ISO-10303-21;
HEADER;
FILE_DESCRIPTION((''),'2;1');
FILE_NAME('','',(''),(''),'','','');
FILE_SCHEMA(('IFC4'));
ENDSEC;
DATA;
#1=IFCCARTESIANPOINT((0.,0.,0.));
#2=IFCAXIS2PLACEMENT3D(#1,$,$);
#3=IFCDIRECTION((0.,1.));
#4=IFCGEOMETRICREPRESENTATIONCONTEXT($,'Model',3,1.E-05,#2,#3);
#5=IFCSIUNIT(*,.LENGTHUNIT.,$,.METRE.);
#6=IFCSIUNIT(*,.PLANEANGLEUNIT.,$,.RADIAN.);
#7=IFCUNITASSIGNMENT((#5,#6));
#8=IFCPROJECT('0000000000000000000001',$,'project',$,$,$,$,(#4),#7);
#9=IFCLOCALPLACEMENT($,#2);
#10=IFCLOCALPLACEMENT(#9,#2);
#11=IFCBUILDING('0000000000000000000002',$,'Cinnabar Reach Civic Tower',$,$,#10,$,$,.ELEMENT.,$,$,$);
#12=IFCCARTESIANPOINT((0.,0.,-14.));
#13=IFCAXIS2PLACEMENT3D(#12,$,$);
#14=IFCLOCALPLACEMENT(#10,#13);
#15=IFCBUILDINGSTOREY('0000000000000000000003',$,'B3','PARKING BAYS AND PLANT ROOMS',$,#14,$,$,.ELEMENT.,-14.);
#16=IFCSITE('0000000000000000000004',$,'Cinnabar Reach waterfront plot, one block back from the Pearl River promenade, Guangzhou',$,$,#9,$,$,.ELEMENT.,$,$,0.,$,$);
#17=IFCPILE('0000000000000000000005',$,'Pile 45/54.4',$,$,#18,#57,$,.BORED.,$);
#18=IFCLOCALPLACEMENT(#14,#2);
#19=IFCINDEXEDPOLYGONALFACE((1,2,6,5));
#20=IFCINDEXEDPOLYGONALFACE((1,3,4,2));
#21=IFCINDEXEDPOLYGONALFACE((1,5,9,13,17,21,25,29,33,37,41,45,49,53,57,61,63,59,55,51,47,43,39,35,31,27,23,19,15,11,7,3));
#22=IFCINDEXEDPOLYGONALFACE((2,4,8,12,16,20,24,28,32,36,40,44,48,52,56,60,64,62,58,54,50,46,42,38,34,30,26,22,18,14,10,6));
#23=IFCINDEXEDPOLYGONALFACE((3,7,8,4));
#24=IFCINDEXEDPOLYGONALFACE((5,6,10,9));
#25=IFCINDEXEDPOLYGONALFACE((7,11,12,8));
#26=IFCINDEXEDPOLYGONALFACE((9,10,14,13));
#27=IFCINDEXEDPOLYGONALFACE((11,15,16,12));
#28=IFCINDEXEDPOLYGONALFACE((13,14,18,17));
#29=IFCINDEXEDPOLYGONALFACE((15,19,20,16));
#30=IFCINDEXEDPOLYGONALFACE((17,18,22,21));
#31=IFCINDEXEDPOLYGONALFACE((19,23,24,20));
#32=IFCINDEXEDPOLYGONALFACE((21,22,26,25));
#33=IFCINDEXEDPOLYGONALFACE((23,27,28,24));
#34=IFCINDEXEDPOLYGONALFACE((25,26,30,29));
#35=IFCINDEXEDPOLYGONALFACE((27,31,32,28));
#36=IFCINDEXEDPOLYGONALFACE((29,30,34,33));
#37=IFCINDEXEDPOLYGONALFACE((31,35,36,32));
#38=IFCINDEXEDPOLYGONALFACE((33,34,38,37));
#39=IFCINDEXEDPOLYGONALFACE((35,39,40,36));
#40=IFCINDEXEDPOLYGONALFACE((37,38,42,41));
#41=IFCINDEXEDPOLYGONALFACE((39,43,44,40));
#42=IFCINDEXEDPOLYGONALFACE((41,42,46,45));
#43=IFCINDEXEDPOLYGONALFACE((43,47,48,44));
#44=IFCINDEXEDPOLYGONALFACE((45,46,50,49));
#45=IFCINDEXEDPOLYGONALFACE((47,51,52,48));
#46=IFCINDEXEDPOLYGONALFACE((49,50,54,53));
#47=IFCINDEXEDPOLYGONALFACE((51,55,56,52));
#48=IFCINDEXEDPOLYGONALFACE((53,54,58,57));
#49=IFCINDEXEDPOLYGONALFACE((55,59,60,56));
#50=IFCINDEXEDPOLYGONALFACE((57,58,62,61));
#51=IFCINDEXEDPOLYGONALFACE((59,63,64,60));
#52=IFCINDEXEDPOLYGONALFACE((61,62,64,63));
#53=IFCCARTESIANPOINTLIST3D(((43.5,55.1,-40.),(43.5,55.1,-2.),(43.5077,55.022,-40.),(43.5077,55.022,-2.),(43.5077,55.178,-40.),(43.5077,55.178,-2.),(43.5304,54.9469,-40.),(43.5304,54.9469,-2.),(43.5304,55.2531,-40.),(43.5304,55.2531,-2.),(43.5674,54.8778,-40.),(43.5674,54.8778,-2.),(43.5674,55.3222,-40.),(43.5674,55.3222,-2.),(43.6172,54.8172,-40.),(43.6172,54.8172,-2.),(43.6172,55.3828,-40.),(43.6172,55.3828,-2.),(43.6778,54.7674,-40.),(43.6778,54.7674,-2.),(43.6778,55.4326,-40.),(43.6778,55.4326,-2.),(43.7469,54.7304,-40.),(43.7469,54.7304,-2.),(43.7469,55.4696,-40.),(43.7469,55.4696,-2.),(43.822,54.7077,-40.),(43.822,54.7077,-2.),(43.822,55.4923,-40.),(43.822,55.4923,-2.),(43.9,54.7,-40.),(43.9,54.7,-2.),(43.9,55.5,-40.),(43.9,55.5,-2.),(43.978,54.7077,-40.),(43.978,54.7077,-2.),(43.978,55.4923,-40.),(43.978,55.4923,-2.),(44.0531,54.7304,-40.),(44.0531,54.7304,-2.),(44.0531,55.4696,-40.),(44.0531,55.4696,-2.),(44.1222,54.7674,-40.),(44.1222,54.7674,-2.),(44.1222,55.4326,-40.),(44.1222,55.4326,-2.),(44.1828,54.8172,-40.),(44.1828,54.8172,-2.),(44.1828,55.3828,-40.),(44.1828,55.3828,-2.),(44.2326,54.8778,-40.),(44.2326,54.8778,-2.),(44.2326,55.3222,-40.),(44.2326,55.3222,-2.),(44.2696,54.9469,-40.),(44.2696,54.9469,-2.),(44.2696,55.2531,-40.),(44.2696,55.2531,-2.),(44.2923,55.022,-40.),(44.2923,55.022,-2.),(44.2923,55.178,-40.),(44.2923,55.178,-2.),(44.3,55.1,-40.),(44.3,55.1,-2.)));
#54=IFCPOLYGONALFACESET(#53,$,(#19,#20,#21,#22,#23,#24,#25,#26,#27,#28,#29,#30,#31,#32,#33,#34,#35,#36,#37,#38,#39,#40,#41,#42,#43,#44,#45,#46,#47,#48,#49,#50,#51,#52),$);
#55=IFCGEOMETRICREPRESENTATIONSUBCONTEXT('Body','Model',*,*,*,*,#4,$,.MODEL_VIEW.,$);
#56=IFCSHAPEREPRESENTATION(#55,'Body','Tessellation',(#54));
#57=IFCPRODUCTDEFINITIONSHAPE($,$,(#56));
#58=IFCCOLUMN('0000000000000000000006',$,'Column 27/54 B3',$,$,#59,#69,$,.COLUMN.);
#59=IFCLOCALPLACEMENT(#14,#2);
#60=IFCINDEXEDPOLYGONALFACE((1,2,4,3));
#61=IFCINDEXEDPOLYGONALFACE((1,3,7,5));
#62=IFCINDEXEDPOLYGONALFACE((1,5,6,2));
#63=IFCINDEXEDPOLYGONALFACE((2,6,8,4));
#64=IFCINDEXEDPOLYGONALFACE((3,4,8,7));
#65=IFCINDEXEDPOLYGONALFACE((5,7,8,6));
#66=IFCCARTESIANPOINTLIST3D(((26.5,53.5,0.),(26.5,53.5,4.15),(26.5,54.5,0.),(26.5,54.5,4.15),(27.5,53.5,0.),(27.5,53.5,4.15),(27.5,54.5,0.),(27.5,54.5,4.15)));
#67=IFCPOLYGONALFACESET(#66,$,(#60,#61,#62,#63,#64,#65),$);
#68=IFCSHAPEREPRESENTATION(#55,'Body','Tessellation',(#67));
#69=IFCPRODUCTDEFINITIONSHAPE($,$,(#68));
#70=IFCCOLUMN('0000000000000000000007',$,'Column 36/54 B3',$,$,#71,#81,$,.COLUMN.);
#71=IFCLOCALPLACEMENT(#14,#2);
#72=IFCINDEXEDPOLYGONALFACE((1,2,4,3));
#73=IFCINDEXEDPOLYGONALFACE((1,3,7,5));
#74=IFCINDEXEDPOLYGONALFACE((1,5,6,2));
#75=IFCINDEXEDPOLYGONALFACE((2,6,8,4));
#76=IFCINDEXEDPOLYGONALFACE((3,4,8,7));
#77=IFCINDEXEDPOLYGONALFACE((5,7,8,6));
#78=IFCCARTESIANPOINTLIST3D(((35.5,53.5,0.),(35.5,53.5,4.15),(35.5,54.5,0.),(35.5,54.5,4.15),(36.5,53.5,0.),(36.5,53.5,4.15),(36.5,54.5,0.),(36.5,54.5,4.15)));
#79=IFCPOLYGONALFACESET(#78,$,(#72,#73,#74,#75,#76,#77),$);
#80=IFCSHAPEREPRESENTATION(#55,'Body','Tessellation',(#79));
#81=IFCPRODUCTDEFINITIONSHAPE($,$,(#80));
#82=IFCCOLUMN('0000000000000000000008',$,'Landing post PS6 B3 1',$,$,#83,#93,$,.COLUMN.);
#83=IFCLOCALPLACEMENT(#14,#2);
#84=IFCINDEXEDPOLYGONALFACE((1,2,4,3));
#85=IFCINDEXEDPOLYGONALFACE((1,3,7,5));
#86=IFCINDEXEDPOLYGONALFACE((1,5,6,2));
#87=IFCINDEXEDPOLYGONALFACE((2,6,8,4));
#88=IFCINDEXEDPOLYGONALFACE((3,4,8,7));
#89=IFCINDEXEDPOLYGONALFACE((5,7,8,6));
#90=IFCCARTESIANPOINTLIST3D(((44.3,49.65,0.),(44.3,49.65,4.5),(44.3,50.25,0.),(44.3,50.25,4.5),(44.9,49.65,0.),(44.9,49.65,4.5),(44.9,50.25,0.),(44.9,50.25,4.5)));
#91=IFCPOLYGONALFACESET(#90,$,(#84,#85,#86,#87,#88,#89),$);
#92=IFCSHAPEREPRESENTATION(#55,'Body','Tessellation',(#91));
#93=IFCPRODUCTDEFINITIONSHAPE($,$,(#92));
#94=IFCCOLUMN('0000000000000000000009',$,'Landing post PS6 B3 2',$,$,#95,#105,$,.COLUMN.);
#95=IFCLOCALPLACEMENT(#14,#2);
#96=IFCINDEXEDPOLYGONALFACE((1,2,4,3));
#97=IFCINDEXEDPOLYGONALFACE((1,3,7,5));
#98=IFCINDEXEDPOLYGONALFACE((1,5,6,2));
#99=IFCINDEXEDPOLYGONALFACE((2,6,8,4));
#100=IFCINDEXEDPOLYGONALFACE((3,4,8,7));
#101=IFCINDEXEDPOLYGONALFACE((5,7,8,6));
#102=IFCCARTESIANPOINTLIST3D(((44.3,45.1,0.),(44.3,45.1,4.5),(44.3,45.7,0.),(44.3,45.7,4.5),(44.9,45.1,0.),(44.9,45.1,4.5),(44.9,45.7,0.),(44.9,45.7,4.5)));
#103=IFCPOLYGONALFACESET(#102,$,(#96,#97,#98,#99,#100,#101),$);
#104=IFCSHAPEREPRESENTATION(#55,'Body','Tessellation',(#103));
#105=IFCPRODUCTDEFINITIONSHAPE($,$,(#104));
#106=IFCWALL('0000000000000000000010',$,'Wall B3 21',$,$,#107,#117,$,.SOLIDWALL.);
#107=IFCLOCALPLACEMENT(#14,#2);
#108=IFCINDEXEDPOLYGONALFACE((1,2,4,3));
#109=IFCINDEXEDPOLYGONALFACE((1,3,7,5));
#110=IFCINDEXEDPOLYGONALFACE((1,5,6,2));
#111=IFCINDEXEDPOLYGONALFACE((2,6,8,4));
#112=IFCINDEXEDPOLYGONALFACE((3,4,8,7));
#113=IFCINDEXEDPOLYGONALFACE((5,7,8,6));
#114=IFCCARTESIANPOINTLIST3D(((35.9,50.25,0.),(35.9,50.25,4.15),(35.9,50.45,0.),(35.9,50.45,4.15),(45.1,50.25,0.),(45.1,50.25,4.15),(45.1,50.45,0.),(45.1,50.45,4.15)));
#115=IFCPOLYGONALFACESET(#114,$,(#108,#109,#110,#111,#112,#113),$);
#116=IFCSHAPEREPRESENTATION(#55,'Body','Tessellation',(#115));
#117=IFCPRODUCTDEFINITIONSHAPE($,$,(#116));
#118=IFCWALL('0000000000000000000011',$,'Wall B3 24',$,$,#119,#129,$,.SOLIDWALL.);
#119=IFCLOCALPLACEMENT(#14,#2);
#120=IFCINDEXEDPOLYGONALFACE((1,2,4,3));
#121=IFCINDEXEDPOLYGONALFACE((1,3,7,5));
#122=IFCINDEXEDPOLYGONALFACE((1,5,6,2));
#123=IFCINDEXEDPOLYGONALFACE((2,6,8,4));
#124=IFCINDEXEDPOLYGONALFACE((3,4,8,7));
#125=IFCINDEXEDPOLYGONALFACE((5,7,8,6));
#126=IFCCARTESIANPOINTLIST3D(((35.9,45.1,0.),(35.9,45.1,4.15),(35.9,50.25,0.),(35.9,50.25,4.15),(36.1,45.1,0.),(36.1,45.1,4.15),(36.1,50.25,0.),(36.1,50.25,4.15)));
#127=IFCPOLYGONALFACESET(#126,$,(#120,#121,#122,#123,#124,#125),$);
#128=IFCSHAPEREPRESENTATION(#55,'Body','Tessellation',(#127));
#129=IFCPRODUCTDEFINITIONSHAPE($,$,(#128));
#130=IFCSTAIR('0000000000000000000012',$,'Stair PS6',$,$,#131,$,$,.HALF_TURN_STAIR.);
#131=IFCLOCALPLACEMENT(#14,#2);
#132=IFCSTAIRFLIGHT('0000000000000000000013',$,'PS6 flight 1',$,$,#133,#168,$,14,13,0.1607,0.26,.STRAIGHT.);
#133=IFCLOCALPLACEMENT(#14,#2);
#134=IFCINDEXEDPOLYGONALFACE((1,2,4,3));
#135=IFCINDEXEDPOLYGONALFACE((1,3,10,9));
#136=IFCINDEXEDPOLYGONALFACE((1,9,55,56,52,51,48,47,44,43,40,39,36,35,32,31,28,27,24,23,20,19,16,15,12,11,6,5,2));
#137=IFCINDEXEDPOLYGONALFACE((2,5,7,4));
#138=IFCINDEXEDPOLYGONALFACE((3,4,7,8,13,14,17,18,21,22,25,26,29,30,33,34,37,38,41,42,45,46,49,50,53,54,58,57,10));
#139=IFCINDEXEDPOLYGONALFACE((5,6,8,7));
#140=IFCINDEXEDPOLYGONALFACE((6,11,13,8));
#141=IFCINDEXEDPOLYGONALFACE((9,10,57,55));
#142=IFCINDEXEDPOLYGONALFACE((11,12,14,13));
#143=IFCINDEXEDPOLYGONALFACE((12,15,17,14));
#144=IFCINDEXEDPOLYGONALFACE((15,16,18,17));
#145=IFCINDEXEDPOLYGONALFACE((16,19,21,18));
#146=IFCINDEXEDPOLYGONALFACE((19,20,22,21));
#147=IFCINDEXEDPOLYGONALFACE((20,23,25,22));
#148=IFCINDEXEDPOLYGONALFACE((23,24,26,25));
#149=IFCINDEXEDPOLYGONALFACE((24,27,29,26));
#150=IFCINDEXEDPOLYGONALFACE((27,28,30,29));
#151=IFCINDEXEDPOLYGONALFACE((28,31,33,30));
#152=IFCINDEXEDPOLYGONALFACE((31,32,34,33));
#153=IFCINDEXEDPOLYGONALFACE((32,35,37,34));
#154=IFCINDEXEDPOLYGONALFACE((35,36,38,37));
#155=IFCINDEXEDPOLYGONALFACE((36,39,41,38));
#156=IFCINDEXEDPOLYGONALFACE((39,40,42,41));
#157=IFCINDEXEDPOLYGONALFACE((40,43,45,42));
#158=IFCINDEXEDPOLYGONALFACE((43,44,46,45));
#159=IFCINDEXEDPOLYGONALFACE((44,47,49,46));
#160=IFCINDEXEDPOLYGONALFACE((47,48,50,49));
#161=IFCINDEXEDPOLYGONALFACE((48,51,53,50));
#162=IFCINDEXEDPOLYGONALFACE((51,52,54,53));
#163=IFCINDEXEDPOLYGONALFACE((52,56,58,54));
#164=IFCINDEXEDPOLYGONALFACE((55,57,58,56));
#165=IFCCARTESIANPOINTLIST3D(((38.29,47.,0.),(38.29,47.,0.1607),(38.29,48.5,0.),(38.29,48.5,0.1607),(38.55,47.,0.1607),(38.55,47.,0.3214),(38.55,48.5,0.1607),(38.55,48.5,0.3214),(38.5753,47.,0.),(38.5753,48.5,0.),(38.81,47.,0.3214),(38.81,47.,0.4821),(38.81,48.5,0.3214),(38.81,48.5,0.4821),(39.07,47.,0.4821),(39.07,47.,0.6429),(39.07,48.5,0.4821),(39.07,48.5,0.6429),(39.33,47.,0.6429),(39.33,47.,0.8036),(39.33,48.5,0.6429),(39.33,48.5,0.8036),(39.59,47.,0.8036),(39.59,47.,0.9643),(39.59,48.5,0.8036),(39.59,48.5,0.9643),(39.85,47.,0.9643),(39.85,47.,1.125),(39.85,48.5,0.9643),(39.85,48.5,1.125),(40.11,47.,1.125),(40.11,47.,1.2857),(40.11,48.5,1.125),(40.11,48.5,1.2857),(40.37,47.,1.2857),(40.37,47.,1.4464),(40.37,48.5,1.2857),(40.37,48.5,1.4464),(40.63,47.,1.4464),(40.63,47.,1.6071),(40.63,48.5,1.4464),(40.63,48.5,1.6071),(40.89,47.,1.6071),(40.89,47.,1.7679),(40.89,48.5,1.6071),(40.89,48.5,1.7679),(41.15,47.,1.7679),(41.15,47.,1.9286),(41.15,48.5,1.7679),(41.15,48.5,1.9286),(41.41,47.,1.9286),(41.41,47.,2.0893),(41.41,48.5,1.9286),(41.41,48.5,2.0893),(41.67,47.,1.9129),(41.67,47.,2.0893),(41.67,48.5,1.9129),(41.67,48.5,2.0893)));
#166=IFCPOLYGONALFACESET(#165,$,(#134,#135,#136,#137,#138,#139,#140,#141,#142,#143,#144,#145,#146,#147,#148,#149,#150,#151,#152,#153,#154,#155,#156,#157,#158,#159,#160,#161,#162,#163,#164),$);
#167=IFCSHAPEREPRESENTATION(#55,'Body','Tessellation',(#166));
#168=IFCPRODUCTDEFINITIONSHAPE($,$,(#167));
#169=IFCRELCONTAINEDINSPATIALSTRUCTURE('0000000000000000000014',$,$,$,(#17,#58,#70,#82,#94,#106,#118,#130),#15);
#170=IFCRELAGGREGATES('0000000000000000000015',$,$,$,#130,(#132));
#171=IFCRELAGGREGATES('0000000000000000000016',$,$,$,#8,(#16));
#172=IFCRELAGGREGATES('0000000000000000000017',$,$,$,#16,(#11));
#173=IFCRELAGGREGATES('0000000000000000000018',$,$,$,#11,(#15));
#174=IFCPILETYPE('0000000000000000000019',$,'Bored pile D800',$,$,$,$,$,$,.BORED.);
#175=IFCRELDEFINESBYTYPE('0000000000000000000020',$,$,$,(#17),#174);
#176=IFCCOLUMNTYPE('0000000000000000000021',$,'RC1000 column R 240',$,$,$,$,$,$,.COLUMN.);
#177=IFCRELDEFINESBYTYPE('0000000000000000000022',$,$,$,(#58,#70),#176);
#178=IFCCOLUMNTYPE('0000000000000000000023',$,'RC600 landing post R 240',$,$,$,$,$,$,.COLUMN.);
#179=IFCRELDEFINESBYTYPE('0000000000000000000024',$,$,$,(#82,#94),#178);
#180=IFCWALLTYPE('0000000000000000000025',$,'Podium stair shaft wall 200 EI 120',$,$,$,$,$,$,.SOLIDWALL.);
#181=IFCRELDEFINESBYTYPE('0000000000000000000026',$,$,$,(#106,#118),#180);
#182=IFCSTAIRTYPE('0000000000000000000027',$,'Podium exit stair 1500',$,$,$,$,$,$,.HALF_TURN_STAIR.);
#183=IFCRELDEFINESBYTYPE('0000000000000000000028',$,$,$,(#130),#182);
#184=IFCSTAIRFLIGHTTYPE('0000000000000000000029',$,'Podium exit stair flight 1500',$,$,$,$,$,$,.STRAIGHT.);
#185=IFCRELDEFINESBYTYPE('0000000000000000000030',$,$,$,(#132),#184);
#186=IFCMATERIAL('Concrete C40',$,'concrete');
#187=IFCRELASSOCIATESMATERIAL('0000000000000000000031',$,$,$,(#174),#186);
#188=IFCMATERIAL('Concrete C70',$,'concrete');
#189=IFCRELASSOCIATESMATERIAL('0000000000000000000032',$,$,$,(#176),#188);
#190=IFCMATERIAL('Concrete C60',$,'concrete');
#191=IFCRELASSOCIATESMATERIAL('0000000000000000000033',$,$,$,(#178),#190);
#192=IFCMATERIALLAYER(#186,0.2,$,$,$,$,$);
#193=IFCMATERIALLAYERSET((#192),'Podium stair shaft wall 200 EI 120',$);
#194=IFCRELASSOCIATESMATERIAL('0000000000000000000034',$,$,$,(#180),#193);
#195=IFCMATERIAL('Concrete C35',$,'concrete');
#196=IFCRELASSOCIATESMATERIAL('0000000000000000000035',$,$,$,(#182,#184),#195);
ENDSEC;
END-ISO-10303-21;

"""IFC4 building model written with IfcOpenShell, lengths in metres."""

from ifc_helpers import new_model, si_unit, direction, frame, frame_2d, origin, origin_2d, place, context, subcontext, project, spatial, polyline, rectangle, circle, outline, extrude, material, layer, layer_set, material_profile, profile_set, type_object, element, aggregate, save


model = new_model("IFC4")

# Units and contexts
model_context = context("Model", 3, precision=1e-05, world=origin(), true_north=direction((0.0, 1.0)))
body_context = subcontext(model_context, "Body", "Model", "MODEL_VIEW")
ifc_project = project(units=[si_unit("LENGTHUNIT", "METRE"), si_unit("PLANEANGLEUNIT", "RADIAN")], contexts=[model_context])

# Site, building, storey
site_placement = place(None, origin())
site = spatial("IfcSite", under=ifc_project, at=site_placement, Name="Cinnabar Reach waterfront plot, one block back from the Pearl River promenade, Guangzhou", CompositionType="ELEMENT", RefElevation=0.0)
building_placement = place(site_placement, origin())
building = spatial("IfcBuilding", under=site, at=building_placement, Name="Cinnabar Reach Civic Tower", CompositionType="ELEMENT")
storey_placement = place(building_placement, frame((0.0, 0.0, -14.0)))
storey = spatial("IfcBuildingStorey", under=building, at=storey_placement, Name="B3", Description="PARKING BAYS AND PLANT ROOMS", CompositionType="ELEMENT", Elevation=-14.0)

# Pile
ifc_material_1 = material(Name="Concrete C40", Category="concrete")
pile_type = type_object("IfcPileType", Name="Bored pile D800", PredefinedType="BORED", material=ifc_material_1)
for number, where, z_axis, x_axis, name in (
    (1, (43.9, 55.1, -2.0), (0.0, 0.0, -1.0), (1.0, 0.0, 0.0), "Pile 45/54.4"),
):
    element("IfcPile", number, at=place(storey_placement, frame(where, z_axis=z_axis, x_axis=x_axis)), inside=storey, type_object=pile_type, Name=name, PredefinedType="BORED", context=body_context, shape_type="SweptSolid", body=[
        extrude(circle(Radius=0.4, at=origin_2d()), origin(), (0.0, 0.0, 1.0), 38.0),
    ])

# Columns
ifc_material_2 = material(Name="Concrete C70", Category="concrete")
ifc_material_profile_1 = material_profile(ifc_material_2, rectangle(XDim=1.0, YDim=1.0, at=origin_2d()), Name="RC1000")
ifc_profile_set_1 = profile_set([ifc_material_profile_1], Name="Concrete C70")
column_type_1 = type_object("IfcColumnType", Name="RC1000 column R 240", PredefinedType="COLUMN", material=ifc_profile_set_1)
for number, where, z_axis, x_axis, name in (
    (2, (27.0, 54.0, 0.0), (0.0, 0.0, 1.0), (1.0, 0.0, 0.0), "Column 27/54 B3"),
    (3, (36.0, 54.0, 0.0), (0.0, 0.0, 1.0), (1.0, 0.0, 0.0), "Column 36/54 B3"),
):
    element("IfcColumn", number, at=place(storey_placement, frame(where, z_axis=z_axis, x_axis=x_axis)), inside=storey, type_object=column_type_1, Name=name, PredefinedType="COLUMN", context=body_context, shape_type="SweptSolid", body=[
        extrude(rectangle(XDim=1.0, YDim=1.0, at=origin_2d()), origin(), (0.0, 0.0, 1.0), 4.15),
    ])
ifc_material_3 = material(Name="Concrete C60", Category="concrete")
ifc_material_profile_2 = material_profile(ifc_material_3, rectangle(XDim=0.6, YDim=0.6, at=origin_2d()), Name="RC600")
ifc_profile_set_2 = profile_set([ifc_material_profile_2], Name="Concrete C60")
column_type_2 = type_object("IfcColumnType", Name="RC600 landing post R 240", PredefinedType="COLUMN", material=ifc_profile_set_2)
for number, where, z_axis, x_axis, name in (
    (4, (44.6, 49.95, 0.0), (0.0, 0.0, 1.0), (1.0, 0.0, 0.0), "Landing post PS6 B3 1"),
    (5, (44.6, 45.4, 0.0), (0.0, 0.0, 1.0), (1.0, 0.0, 0.0), "Landing post PS6 B3 2"),
):
    element("IfcColumn", number, at=place(storey_placement, frame(where, z_axis=z_axis, x_axis=x_axis)), inside=storey, type_object=column_type_2, Name=name, PredefinedType="COLUMN", context=body_context, shape_type="SweptSolid", body=[
        extrude(rectangle(XDim=0.6, YDim=0.6, at=origin_2d()), origin(), (0.0, 0.0, 1.0), 4.5),
    ])

# Walls
ifc_layer = layer(ifc_material_1, 0.2)
ifc_layer_set = layer_set([ifc_layer], Name="Podium stair shaft wall 200 EI 120")
wall_type = type_object("IfcWallType", Name="Podium stair shaft wall 200 EI 120", PredefinedType="SOLIDWALL", material=ifc_layer_set)
wall_1_placement = place(storey_placement, frame((35.9, 50.35, 0.0), z_axis=(0.0, 0.0, 1.0), x_axis=(1.0, 0.0, 0.0)))
element("IfcWall", 6, at=wall_1_placement, inside=storey, type_object=wall_type, Name="Wall B3 21", PredefinedType="SOLIDWALL", context=body_context, shape_type="SweptSolid", body=[
    extrude(rectangle(XDim=9.2, YDim=0.2, at=frame_2d((4.6, 0.0))), origin(), (0.0, 0.0, 1.0), 4.15),
])
wall_2_placement = place(storey_placement, frame((36.0, 45.1, 0.0), z_axis=(0.0, 0.0, 1.0), x_axis=(0.0, 1.0, 0.0)))
element("IfcWall", 7, at=wall_2_placement, inside=storey, type_object=wall_type, Name="Wall B3 24", PredefinedType="SOLIDWALL", context=body_context, shape_type="SweptSolid", body=[
    extrude(rectangle(XDim=5.15, YDim=0.2, at=frame_2d((2.575, 0.0))), origin(), (0.0, 0.0, 1.0), 4.15),
])

# Stair, stair flight
ifc_material_4 = material(Name="Concrete C35", Category="concrete")
stair_type = type_object("IfcStairType", Name="Podium exit stair 1500", PredefinedType="HALF_TURN_STAIR", material=ifc_material_4)
stair_placement = place(storey_placement, origin())
stair = element("IfcStair", 8, at=stair_placement, inside=storey, type_object=stair_type, Name="Stair PS6", PredefinedType="HALF_TURN_STAIR")
stair_flight_type = type_object("IfcStairFlightType", Name="Podium exit stair flight 1500", PredefinedType="STRAIGHT", material=ifc_material_4)
stair_flight_1_placement = place(storey_placement, frame((38.29, 47.75, 0.0), z_axis=(0.0, 0.0, 1.0), x_axis=(1.0, 0.0, 0.0)))
stair_flight_1 = element("IfcStairFlight", 9, at=stair_flight_1_placement, type_object=stair_flight_type, Name="PS6 flight 1", NumberOfRisers=14, NumberOfTreads=13, PredefinedType="STRAIGHT", RiserHeight=0.1607, TreadLength=0.26, context=body_context, shape_type="SweptSolid", body=[
    extrude(outline(polyline([(0.0, 0.0), (0.0, 0.1607), (0.26, 0.1607), (0.26, 0.3214), (0.52, 0.3214), (0.52, 0.4821), (0.78, 0.4821), (0.78, 0.6429), (1.04, 0.6429), (1.04, 0.8036), (1.3, 0.8036), (1.3, 0.9643), (1.56, 0.9643), (1.56, 1.125), (1.82, 1.125), (1.82, 1.2857), (2.08, 1.2857), (2.08, 1.4464), (2.34, 1.4464), (2.34, 1.6071), (2.6, 1.6071), (2.6, 1.7679), (2.86, 1.7679), (2.86, 1.9286), (3.12, 1.9286), (3.12, 2.0893), (3.38, 2.0893), (3.38, 2.25), (3.38, 1.9129), (0.2853, 0.0), (0.0, 0.0)])), frame((0.0, 0.75, 0.0), z_axis=(0.0, -1.0, 0.0), x_axis=(1.0, 0.0, 0.0)), (0.0, 0.0, 1.0), 1.5),
])
aggregate(stair, [stair_flight_1])

save(model, "model.ifc")
